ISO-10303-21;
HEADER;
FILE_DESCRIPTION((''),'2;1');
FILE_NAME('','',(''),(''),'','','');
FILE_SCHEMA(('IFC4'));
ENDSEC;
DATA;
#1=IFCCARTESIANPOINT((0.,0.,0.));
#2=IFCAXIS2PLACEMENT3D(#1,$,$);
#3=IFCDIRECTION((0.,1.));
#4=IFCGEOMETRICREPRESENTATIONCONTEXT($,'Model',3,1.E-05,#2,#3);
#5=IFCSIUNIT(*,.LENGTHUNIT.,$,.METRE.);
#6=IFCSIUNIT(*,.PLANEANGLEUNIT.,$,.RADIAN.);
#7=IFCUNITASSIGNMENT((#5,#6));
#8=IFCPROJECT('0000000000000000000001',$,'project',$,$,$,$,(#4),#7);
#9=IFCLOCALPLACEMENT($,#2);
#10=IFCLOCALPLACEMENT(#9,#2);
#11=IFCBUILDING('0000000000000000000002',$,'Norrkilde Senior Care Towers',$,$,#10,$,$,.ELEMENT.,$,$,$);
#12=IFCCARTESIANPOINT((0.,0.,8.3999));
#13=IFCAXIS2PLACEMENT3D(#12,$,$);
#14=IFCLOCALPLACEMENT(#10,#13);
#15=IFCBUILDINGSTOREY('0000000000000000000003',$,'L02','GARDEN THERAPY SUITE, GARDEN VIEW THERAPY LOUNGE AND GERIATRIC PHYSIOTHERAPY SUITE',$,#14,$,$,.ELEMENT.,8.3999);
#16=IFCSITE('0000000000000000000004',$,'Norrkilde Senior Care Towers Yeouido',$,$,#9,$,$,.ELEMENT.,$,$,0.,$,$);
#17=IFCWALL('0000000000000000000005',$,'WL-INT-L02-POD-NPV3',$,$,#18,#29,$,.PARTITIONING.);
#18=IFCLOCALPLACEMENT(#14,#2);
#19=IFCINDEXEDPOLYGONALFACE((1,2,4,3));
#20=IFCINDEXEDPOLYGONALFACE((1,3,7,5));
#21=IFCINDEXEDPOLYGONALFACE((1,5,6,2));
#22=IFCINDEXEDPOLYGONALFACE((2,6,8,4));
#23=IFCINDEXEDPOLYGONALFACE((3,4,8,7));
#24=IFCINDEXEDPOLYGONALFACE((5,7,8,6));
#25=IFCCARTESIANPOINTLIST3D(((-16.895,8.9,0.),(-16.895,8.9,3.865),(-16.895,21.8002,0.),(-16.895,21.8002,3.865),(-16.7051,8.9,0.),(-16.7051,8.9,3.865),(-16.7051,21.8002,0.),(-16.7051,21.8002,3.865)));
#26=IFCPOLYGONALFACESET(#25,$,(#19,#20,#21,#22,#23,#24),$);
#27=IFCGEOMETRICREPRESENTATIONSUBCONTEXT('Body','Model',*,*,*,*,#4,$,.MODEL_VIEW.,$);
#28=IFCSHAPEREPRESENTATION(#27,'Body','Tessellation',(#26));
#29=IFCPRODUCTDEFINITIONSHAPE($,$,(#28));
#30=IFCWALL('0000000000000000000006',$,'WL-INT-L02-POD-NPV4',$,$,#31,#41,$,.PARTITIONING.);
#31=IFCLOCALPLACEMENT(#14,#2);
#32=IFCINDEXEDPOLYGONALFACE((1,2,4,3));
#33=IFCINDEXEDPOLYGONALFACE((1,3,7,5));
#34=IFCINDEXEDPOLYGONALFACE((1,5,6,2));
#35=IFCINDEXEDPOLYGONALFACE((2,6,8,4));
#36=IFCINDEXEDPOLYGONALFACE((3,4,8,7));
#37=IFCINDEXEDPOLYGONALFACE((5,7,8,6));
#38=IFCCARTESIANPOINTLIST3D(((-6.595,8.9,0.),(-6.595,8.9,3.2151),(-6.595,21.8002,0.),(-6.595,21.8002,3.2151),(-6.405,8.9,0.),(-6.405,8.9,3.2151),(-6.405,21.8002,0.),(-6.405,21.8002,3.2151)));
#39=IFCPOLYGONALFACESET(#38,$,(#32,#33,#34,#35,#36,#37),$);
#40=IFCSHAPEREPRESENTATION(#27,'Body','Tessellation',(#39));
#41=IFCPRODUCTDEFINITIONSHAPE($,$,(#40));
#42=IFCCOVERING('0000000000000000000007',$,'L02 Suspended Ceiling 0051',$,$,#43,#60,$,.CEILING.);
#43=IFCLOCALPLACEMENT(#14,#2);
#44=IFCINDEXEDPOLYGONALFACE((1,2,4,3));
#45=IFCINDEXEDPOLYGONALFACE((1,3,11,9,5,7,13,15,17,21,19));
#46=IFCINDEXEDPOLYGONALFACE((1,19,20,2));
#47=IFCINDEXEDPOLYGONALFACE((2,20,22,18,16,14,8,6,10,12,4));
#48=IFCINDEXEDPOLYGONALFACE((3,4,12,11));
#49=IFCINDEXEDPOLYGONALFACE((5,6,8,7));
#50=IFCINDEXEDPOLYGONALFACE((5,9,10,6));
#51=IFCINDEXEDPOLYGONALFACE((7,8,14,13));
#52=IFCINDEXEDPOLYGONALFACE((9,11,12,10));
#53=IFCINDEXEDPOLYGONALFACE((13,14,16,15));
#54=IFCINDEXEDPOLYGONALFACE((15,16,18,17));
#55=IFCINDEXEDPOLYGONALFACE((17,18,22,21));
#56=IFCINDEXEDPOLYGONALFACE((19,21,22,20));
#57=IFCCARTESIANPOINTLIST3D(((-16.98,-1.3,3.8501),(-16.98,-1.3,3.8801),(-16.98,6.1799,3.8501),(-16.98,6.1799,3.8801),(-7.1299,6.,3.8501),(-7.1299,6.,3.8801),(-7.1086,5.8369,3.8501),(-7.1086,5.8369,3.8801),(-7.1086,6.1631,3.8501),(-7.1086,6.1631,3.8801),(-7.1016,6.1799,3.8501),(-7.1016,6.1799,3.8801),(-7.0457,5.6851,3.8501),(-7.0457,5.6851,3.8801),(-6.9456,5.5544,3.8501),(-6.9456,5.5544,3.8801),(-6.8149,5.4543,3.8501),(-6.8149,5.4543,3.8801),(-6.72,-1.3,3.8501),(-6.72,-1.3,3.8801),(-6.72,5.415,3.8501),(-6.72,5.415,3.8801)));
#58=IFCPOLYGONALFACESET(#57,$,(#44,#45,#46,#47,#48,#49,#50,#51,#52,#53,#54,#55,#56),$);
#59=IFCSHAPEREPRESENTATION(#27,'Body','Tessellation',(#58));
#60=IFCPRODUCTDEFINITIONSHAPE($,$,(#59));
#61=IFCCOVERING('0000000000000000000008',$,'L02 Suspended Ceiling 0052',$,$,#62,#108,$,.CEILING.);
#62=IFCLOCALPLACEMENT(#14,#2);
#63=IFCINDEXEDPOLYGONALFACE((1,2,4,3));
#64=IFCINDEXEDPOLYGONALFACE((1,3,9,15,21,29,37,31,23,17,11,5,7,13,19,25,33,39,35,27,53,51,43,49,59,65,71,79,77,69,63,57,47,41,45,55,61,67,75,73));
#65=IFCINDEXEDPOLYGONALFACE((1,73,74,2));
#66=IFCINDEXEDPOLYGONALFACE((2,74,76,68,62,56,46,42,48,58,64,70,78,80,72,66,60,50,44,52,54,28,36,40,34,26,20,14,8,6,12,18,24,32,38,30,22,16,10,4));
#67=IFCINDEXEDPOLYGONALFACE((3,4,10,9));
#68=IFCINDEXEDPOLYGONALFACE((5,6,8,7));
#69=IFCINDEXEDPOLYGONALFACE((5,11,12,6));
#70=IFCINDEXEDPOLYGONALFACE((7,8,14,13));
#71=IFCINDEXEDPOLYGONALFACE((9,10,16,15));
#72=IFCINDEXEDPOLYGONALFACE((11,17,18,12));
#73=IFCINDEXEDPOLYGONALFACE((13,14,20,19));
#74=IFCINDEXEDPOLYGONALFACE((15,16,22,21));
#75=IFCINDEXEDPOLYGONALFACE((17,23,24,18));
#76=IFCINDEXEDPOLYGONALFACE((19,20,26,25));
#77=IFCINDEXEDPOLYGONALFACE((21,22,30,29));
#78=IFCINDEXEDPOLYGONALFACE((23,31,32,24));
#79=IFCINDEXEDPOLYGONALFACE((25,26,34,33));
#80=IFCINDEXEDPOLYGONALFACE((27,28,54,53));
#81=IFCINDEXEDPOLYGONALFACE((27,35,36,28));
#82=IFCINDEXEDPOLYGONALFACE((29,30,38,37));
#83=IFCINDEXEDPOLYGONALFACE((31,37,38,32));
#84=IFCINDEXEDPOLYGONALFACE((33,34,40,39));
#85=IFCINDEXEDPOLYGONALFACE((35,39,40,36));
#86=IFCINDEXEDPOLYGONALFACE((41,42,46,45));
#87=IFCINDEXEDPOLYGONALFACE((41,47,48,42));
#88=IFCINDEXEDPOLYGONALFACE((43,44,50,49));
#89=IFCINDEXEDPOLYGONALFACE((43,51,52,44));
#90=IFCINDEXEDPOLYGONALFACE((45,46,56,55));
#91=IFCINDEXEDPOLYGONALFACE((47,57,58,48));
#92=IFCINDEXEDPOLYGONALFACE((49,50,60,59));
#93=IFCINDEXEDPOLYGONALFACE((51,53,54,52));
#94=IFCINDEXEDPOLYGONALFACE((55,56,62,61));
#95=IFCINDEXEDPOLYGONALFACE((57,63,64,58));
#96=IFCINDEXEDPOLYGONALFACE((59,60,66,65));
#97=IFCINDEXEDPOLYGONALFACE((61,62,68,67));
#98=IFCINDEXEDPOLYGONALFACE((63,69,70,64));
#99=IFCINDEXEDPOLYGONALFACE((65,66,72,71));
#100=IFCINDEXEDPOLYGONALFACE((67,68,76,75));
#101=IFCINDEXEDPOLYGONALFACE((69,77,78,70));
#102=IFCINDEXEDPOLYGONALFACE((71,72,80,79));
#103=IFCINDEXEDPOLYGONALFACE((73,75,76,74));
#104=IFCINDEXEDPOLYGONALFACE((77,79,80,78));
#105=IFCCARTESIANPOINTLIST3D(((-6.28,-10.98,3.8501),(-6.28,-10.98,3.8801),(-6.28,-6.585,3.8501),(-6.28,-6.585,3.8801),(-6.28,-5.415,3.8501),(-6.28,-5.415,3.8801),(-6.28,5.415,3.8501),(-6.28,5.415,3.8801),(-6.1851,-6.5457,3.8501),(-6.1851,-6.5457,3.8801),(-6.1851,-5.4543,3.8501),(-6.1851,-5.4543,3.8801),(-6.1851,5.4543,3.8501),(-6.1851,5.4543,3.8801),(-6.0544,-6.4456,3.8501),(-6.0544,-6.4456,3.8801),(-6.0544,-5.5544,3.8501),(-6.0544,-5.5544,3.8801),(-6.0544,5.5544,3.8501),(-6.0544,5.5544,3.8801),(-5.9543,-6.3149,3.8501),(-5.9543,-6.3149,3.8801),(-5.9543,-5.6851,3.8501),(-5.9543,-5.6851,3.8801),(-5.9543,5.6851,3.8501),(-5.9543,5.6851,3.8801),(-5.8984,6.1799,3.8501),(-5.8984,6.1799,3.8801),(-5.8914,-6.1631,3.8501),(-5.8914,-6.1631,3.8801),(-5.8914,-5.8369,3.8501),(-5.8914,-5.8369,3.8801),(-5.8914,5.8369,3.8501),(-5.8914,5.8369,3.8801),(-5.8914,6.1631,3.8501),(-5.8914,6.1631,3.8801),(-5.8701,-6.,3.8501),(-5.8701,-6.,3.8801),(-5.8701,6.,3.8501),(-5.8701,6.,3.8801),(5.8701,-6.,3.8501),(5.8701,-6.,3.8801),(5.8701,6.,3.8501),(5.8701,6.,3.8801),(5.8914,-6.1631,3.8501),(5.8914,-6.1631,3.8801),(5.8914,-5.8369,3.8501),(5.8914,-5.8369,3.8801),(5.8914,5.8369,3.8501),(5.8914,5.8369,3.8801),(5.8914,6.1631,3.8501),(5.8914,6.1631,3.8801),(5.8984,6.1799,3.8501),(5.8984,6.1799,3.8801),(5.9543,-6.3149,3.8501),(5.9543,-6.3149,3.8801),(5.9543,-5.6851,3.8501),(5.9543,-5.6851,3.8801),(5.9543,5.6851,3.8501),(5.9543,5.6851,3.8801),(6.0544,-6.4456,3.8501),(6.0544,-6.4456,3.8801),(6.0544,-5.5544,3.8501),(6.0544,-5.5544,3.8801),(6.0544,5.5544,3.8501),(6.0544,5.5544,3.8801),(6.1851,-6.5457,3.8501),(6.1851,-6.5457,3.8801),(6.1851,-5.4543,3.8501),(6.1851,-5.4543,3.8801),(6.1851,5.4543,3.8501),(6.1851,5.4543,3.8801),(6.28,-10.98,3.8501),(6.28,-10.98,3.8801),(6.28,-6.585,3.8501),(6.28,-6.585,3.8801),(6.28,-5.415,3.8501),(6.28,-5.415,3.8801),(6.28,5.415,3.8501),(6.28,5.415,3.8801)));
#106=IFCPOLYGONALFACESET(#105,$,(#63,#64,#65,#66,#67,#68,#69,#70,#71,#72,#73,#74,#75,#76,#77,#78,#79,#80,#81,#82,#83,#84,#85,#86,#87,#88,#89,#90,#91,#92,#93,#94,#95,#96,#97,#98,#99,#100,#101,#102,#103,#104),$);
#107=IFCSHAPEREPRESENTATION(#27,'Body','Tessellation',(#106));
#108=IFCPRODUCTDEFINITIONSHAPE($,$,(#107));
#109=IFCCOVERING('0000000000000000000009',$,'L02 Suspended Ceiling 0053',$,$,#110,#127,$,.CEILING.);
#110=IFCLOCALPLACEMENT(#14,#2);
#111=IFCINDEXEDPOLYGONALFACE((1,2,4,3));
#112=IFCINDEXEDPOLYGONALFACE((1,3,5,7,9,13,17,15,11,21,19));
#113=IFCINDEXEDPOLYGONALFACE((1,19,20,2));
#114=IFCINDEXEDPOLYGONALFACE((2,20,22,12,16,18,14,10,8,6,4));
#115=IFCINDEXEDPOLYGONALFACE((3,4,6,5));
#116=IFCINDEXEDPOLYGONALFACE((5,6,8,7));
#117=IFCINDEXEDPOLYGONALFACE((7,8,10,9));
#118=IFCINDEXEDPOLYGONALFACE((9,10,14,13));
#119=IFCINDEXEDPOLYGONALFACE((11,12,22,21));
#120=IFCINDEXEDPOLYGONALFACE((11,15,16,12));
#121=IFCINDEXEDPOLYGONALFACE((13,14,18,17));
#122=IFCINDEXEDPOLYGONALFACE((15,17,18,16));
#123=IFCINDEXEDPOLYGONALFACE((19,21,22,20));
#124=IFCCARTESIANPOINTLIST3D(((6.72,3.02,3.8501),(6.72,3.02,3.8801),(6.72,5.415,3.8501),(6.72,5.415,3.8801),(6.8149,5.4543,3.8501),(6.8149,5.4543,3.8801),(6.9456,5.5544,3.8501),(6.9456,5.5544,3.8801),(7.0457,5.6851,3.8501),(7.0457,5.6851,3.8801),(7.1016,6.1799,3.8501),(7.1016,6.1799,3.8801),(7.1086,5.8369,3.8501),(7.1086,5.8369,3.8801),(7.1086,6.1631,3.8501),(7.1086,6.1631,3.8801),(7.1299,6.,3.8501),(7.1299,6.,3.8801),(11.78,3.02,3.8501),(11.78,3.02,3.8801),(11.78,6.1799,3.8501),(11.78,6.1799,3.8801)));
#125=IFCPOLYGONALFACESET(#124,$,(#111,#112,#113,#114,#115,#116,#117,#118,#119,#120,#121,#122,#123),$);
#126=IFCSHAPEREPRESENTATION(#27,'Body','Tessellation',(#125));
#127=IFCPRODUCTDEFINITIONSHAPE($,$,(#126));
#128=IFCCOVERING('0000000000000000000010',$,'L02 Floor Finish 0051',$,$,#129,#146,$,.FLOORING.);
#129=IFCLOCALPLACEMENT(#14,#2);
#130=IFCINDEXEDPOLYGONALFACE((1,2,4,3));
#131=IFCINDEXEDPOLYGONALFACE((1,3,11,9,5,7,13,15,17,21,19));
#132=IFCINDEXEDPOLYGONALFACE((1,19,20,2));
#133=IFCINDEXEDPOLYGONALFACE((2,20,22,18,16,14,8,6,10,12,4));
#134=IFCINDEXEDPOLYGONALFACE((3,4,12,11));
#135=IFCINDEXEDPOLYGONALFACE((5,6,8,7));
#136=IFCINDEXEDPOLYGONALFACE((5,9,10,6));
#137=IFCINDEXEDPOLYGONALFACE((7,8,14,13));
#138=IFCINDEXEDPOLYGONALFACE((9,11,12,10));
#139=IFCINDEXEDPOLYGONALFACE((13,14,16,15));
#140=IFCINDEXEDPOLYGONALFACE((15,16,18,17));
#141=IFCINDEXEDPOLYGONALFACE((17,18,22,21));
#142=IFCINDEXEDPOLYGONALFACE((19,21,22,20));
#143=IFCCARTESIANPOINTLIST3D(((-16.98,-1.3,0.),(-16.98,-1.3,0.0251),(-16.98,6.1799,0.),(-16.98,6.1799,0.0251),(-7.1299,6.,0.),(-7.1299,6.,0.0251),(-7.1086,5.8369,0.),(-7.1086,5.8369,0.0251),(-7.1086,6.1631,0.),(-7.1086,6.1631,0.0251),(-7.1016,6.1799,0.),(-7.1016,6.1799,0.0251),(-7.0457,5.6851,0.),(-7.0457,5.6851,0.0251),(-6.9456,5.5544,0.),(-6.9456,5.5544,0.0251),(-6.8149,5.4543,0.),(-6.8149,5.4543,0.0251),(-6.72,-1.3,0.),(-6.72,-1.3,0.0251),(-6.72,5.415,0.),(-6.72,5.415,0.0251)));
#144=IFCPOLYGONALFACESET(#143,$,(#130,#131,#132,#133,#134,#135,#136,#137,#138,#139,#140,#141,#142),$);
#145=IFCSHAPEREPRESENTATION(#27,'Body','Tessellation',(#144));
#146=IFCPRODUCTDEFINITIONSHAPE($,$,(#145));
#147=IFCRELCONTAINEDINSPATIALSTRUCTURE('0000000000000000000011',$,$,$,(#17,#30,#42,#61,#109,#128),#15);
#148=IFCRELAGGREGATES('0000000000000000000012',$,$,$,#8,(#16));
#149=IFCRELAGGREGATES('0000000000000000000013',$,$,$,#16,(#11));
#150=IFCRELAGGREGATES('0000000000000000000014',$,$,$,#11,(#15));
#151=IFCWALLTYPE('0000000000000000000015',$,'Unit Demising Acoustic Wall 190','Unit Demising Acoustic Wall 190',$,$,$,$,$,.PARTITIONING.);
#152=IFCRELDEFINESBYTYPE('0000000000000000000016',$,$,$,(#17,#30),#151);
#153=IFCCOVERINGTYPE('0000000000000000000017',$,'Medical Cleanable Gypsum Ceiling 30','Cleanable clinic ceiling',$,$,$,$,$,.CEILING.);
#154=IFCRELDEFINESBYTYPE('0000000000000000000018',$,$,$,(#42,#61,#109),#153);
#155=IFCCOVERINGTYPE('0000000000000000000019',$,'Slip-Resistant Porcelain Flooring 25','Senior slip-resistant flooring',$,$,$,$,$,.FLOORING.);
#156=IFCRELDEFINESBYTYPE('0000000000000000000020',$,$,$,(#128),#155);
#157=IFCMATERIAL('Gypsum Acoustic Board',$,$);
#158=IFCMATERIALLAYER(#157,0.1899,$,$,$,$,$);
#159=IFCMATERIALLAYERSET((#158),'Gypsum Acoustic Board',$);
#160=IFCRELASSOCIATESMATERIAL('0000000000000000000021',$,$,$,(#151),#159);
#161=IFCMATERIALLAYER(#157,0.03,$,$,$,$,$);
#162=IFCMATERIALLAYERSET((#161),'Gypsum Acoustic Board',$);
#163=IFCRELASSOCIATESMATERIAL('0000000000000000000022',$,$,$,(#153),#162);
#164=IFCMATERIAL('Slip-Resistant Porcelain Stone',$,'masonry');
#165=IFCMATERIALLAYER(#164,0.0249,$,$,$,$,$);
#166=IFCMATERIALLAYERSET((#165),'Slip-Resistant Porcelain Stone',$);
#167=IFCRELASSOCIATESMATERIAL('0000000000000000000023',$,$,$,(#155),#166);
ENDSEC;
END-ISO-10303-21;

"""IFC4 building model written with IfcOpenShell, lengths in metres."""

from ifc_helpers import new_model, si_unit, direction, frame, frame_2d, origin, place, context, subcontext, project, spatial, polyline, rectangle, outline, extrude, source, transform, mapped, material, layer, layer_set, type_object, type_shapes, element, save


model = new_model("IFC4")

# Units and contexts
model_context = context("Model", 3, precision=1e-05, world=origin(), true_north=direction((0.0, 1.0)))
body_context = subcontext(model_context, "Body", "Model", "MODEL_VIEW")
ifc_project = project(units=[si_unit("LENGTHUNIT", "METRE"), si_unit("PLANEANGLEUNIT", "RADIAN")], contexts=[model_context])

# Site, building, storey
site_placement = place(None, origin())
site = spatial("IfcSite", under=ifc_project, at=site_placement, Name="Norrkilde Senior Care Towers Yeouido", CompositionType="ELEMENT", RefElevation=0.0)
building_placement = place(site_placement, origin())
building = spatial("IfcBuilding", under=site, at=building_placement, Name="Norrkilde Senior Care Towers", CompositionType="ELEMENT")
storey_placement = place(building_placement, frame((0.0, 0.0, 8.3999)))
storey = spatial("IfcBuildingStorey", under=building, at=storey_placement, Name="L02", Description="GARDEN THERAPY SUITE, GARDEN VIEW THERAPY LOUNGE AND GERIATRIC PHYSIOTHERAPY SUITE", CompositionType="ELEMENT", Elevation=8.3999)

# Shared definitions
ifc_material_1 = material(Name="Gypsum Acoustic Board")

# Walls
ifc_layer_1 = layer(ifc_material_1, 0.1899)
ifc_layer_set_1 = layer_set([ifc_layer_1], Name="Gypsum Acoustic Board")
wall_type_1 = type_object("IfcWallType", Name="Unit Demising Acoustic Wall 190", Description="Unit Demising Acoustic Wall 190", PredefinedType="PARTITIONING", material=ifc_layer_set_1)
shared_shape_1 = source(origin(), body_context, "Body", "SweptSolid", [
    extrude(rectangle(XDim=12.9001, YDim=0.1899, at=frame_2d((6.4502, 0.0))), origin(), (0.0, 0.0, 1.0), 3.865),
])
wall_1_placement = place(storey_placement, frame((-16.8, 8.8999, 0.0), z_axis=(0.0, 0.0, 1.0), x_axis=(0.0, 1.0, 0.0)))
element("IfcWall", 1, at=wall_1_placement, inside=storey, type_object=wall_type_1, Name="WL-INT-L02-POD-NPV3", PredefinedType="PARTITIONING", context=body_context, shape_type="MappedRepresentation", body=[
    mapped(shared_shape_1, transform((0.0, 0.0, 0.0), x_axis=(1.0, 0.0, 0.0), y_axis=(0.0, 1.0, 0.0), z_axis=(0.0, 0.0, 1.0), scale=1.0)),
])
shared_shape_2 = source(origin(), body_context, "Body", "SweptSolid", [
    extrude(rectangle(XDim=12.9001, YDim=0.1899, at=frame_2d((6.4502, 0.0))), origin(), (0.0, 0.0, 1.0), 3.2151),
])
type_shapes(wall_type_1, [shared_shape_1, shared_shape_2])
wall_2_placement = place(storey_placement, frame((-6.5, 8.8999, 0.0), z_axis=(0.0, 0.0, 1.0), x_axis=(0.0, 1.0, 0.0)))
element("IfcWall", 2, at=wall_2_placement, inside=storey, type_object=wall_type_1, Name="WL-INT-L02-POD-NPV4", PredefinedType="PARTITIONING", context=body_context, shape_type="MappedRepresentation", body=[
    mapped(shared_shape_2, transform((0.0, 0.0, 0.0), x_axis=(1.0, 0.0, 0.0), y_axis=(0.0, 1.0, 0.0), z_axis=(0.0, 0.0, 1.0), scale=1.0)),
])

# Coverings
ifc_layer_2 = layer(ifc_material_1, 0.03)
ifc_layer_set_2 = layer_set([ifc_layer_2], Name="Gypsum Acoustic Board")
covering_type_1 = type_object("IfcCoveringType", Name="Medical Cleanable Gypsum Ceiling 30", Description="Cleanable clinic ceiling", PredefinedType="CEILING", material=ifc_layer_set_2)
covering_1_placement = place(storey_placement, frame((0.0, 0.0, 3.8501)))
element("IfcCovering", 3, at=covering_1_placement, inside=storey, type_object=covering_type_1, Name="L02 Suspended Ceiling 0051", PredefinedType="CEILING", context=body_context, shape_type="SweptSolid", body=[
    extrude(outline(polyline([(-6.72, -1.3), (-16.98, -1.3), (-16.98, 6.1799), (-7.1016, 6.1799), (-7.1086, 6.1631), (-7.1299, 6.0), (-7.1086, 5.8369), (-7.0457, 5.6851), (-6.9456, 5.5544), (-6.8149, 5.4543), (-6.72, 5.415), (-6.72, -1.3)])), origin(), (0.0, 0.0, 1.0), 0.03),
])
covering_2_placement = place(storey_placement, frame((0.0, 0.0, 3.8501)))
element("IfcCovering", 4, at=covering_2_placement, inside=storey, type_object=covering_type_1, Name="L02 Suspended Ceiling 0052", PredefinedType="CEILING", context=body_context, shape_type="SweptSolid", body=[
    extrude(outline(polyline([(-6.1851, -6.5457), (-6.0544, -6.4456), (-5.9543, -6.3149), (-5.8914, -6.1631), (-5.8701, -6.0), (-5.8914, -5.8369), (-5.9543, -5.6851), (-6.0544, -5.5544), (-6.1851, -5.4543), (-6.28, -5.415), (-6.28, 5.415), (-6.1851, 5.4543), (-6.0544, 5.5544), (-5.9543, 5.6851), (-5.8914, 5.8369), (-5.8701, 6.0), (-5.8914, 6.1631), (-5.8984, 6.1799), (5.8984, 6.1799), (5.8914, 6.1631), (5.8701, 6.0), (5.8914, 5.8369), (5.9543, 5.6851), (6.0544, 5.5544), (6.1851, 5.4543), (6.28, 5.415), (6.28, -5.415), (6.1851, -5.4543), (6.0544, -5.5544), (5.9543, -5.6851), (5.8914, -5.8369), (5.8701, -6.0), (5.8914, -6.1631), (5.9543, -6.3149), (6.0544, -6.4456), (6.1851, -6.5457), (6.28, -6.585), (6.28, -10.98), (-6.28, -10.98), (-6.28, -6.585), (-6.1851, -6.5457)])), origin(), (0.0, 0.0, 1.0), 0.03),
])
covering_3_placement = place(storey_placement, frame((0.0, 0.0, 3.8501)))
element("IfcCovering", 5, at=covering_3_placement, inside=storey, type_object=covering_type_1, Name="L02 Suspended Ceiling 0053", PredefinedType="CEILING", context=body_context, shape_type="SweptSolid", body=[
    extrude(outline(polyline([(11.78, 3.02), (6.72, 3.02), (6.72, 5.415), (6.8149, 5.4543), (6.9456, 5.5544), (7.0457, 5.6851), (7.1086, 5.8369), (7.1299, 6.0), (7.1086, 6.1631), (7.1016, 6.1799), (11.78, 6.1799), (11.78, 3.02)])), origin(), (0.0, 0.0, 1.0), 0.03),
])
ifc_material_2 = material(Name="Slip-Resistant Porcelain Stone", Category="masonry")
ifc_layer_3 = layer(ifc_material_2, 0.0249)
ifc_layer_set_3 = layer_set([ifc_layer_3], Name="Slip-Resistant Porcelain Stone")
covering_type_2 = type_object("IfcCoveringType", Name="Slip-Resistant Porcelain Flooring 25", Description="Senior slip-resistant flooring", PredefinedType="FLOORING", material=ifc_layer_set_3)
covering_4_placement = place(storey_placement, origin())
element("IfcCovering", 6, at=covering_4_placement, inside=storey, type_object=covering_type_2, Name="L02 Floor Finish 0051", PredefinedType="FLOORING", context=body_context, shape_type="SweptSolid", body=[
    extrude(outline(polyline([(-6.72, -1.3), (-16.98, -1.3), (-16.98, 6.1799), (-7.1016, 6.1799), (-7.1086, 6.1631), (-7.1299, 6.0), (-7.1086, 5.8369), (-7.0457, 5.6851), (-6.9456, 5.5544), (-6.8149, 5.4543), (-6.72, 5.415), (-6.72, -1.3)])), origin(), (0.0, 0.0, 1.0), 0.0251),
])

save(model, "model.ifc")
